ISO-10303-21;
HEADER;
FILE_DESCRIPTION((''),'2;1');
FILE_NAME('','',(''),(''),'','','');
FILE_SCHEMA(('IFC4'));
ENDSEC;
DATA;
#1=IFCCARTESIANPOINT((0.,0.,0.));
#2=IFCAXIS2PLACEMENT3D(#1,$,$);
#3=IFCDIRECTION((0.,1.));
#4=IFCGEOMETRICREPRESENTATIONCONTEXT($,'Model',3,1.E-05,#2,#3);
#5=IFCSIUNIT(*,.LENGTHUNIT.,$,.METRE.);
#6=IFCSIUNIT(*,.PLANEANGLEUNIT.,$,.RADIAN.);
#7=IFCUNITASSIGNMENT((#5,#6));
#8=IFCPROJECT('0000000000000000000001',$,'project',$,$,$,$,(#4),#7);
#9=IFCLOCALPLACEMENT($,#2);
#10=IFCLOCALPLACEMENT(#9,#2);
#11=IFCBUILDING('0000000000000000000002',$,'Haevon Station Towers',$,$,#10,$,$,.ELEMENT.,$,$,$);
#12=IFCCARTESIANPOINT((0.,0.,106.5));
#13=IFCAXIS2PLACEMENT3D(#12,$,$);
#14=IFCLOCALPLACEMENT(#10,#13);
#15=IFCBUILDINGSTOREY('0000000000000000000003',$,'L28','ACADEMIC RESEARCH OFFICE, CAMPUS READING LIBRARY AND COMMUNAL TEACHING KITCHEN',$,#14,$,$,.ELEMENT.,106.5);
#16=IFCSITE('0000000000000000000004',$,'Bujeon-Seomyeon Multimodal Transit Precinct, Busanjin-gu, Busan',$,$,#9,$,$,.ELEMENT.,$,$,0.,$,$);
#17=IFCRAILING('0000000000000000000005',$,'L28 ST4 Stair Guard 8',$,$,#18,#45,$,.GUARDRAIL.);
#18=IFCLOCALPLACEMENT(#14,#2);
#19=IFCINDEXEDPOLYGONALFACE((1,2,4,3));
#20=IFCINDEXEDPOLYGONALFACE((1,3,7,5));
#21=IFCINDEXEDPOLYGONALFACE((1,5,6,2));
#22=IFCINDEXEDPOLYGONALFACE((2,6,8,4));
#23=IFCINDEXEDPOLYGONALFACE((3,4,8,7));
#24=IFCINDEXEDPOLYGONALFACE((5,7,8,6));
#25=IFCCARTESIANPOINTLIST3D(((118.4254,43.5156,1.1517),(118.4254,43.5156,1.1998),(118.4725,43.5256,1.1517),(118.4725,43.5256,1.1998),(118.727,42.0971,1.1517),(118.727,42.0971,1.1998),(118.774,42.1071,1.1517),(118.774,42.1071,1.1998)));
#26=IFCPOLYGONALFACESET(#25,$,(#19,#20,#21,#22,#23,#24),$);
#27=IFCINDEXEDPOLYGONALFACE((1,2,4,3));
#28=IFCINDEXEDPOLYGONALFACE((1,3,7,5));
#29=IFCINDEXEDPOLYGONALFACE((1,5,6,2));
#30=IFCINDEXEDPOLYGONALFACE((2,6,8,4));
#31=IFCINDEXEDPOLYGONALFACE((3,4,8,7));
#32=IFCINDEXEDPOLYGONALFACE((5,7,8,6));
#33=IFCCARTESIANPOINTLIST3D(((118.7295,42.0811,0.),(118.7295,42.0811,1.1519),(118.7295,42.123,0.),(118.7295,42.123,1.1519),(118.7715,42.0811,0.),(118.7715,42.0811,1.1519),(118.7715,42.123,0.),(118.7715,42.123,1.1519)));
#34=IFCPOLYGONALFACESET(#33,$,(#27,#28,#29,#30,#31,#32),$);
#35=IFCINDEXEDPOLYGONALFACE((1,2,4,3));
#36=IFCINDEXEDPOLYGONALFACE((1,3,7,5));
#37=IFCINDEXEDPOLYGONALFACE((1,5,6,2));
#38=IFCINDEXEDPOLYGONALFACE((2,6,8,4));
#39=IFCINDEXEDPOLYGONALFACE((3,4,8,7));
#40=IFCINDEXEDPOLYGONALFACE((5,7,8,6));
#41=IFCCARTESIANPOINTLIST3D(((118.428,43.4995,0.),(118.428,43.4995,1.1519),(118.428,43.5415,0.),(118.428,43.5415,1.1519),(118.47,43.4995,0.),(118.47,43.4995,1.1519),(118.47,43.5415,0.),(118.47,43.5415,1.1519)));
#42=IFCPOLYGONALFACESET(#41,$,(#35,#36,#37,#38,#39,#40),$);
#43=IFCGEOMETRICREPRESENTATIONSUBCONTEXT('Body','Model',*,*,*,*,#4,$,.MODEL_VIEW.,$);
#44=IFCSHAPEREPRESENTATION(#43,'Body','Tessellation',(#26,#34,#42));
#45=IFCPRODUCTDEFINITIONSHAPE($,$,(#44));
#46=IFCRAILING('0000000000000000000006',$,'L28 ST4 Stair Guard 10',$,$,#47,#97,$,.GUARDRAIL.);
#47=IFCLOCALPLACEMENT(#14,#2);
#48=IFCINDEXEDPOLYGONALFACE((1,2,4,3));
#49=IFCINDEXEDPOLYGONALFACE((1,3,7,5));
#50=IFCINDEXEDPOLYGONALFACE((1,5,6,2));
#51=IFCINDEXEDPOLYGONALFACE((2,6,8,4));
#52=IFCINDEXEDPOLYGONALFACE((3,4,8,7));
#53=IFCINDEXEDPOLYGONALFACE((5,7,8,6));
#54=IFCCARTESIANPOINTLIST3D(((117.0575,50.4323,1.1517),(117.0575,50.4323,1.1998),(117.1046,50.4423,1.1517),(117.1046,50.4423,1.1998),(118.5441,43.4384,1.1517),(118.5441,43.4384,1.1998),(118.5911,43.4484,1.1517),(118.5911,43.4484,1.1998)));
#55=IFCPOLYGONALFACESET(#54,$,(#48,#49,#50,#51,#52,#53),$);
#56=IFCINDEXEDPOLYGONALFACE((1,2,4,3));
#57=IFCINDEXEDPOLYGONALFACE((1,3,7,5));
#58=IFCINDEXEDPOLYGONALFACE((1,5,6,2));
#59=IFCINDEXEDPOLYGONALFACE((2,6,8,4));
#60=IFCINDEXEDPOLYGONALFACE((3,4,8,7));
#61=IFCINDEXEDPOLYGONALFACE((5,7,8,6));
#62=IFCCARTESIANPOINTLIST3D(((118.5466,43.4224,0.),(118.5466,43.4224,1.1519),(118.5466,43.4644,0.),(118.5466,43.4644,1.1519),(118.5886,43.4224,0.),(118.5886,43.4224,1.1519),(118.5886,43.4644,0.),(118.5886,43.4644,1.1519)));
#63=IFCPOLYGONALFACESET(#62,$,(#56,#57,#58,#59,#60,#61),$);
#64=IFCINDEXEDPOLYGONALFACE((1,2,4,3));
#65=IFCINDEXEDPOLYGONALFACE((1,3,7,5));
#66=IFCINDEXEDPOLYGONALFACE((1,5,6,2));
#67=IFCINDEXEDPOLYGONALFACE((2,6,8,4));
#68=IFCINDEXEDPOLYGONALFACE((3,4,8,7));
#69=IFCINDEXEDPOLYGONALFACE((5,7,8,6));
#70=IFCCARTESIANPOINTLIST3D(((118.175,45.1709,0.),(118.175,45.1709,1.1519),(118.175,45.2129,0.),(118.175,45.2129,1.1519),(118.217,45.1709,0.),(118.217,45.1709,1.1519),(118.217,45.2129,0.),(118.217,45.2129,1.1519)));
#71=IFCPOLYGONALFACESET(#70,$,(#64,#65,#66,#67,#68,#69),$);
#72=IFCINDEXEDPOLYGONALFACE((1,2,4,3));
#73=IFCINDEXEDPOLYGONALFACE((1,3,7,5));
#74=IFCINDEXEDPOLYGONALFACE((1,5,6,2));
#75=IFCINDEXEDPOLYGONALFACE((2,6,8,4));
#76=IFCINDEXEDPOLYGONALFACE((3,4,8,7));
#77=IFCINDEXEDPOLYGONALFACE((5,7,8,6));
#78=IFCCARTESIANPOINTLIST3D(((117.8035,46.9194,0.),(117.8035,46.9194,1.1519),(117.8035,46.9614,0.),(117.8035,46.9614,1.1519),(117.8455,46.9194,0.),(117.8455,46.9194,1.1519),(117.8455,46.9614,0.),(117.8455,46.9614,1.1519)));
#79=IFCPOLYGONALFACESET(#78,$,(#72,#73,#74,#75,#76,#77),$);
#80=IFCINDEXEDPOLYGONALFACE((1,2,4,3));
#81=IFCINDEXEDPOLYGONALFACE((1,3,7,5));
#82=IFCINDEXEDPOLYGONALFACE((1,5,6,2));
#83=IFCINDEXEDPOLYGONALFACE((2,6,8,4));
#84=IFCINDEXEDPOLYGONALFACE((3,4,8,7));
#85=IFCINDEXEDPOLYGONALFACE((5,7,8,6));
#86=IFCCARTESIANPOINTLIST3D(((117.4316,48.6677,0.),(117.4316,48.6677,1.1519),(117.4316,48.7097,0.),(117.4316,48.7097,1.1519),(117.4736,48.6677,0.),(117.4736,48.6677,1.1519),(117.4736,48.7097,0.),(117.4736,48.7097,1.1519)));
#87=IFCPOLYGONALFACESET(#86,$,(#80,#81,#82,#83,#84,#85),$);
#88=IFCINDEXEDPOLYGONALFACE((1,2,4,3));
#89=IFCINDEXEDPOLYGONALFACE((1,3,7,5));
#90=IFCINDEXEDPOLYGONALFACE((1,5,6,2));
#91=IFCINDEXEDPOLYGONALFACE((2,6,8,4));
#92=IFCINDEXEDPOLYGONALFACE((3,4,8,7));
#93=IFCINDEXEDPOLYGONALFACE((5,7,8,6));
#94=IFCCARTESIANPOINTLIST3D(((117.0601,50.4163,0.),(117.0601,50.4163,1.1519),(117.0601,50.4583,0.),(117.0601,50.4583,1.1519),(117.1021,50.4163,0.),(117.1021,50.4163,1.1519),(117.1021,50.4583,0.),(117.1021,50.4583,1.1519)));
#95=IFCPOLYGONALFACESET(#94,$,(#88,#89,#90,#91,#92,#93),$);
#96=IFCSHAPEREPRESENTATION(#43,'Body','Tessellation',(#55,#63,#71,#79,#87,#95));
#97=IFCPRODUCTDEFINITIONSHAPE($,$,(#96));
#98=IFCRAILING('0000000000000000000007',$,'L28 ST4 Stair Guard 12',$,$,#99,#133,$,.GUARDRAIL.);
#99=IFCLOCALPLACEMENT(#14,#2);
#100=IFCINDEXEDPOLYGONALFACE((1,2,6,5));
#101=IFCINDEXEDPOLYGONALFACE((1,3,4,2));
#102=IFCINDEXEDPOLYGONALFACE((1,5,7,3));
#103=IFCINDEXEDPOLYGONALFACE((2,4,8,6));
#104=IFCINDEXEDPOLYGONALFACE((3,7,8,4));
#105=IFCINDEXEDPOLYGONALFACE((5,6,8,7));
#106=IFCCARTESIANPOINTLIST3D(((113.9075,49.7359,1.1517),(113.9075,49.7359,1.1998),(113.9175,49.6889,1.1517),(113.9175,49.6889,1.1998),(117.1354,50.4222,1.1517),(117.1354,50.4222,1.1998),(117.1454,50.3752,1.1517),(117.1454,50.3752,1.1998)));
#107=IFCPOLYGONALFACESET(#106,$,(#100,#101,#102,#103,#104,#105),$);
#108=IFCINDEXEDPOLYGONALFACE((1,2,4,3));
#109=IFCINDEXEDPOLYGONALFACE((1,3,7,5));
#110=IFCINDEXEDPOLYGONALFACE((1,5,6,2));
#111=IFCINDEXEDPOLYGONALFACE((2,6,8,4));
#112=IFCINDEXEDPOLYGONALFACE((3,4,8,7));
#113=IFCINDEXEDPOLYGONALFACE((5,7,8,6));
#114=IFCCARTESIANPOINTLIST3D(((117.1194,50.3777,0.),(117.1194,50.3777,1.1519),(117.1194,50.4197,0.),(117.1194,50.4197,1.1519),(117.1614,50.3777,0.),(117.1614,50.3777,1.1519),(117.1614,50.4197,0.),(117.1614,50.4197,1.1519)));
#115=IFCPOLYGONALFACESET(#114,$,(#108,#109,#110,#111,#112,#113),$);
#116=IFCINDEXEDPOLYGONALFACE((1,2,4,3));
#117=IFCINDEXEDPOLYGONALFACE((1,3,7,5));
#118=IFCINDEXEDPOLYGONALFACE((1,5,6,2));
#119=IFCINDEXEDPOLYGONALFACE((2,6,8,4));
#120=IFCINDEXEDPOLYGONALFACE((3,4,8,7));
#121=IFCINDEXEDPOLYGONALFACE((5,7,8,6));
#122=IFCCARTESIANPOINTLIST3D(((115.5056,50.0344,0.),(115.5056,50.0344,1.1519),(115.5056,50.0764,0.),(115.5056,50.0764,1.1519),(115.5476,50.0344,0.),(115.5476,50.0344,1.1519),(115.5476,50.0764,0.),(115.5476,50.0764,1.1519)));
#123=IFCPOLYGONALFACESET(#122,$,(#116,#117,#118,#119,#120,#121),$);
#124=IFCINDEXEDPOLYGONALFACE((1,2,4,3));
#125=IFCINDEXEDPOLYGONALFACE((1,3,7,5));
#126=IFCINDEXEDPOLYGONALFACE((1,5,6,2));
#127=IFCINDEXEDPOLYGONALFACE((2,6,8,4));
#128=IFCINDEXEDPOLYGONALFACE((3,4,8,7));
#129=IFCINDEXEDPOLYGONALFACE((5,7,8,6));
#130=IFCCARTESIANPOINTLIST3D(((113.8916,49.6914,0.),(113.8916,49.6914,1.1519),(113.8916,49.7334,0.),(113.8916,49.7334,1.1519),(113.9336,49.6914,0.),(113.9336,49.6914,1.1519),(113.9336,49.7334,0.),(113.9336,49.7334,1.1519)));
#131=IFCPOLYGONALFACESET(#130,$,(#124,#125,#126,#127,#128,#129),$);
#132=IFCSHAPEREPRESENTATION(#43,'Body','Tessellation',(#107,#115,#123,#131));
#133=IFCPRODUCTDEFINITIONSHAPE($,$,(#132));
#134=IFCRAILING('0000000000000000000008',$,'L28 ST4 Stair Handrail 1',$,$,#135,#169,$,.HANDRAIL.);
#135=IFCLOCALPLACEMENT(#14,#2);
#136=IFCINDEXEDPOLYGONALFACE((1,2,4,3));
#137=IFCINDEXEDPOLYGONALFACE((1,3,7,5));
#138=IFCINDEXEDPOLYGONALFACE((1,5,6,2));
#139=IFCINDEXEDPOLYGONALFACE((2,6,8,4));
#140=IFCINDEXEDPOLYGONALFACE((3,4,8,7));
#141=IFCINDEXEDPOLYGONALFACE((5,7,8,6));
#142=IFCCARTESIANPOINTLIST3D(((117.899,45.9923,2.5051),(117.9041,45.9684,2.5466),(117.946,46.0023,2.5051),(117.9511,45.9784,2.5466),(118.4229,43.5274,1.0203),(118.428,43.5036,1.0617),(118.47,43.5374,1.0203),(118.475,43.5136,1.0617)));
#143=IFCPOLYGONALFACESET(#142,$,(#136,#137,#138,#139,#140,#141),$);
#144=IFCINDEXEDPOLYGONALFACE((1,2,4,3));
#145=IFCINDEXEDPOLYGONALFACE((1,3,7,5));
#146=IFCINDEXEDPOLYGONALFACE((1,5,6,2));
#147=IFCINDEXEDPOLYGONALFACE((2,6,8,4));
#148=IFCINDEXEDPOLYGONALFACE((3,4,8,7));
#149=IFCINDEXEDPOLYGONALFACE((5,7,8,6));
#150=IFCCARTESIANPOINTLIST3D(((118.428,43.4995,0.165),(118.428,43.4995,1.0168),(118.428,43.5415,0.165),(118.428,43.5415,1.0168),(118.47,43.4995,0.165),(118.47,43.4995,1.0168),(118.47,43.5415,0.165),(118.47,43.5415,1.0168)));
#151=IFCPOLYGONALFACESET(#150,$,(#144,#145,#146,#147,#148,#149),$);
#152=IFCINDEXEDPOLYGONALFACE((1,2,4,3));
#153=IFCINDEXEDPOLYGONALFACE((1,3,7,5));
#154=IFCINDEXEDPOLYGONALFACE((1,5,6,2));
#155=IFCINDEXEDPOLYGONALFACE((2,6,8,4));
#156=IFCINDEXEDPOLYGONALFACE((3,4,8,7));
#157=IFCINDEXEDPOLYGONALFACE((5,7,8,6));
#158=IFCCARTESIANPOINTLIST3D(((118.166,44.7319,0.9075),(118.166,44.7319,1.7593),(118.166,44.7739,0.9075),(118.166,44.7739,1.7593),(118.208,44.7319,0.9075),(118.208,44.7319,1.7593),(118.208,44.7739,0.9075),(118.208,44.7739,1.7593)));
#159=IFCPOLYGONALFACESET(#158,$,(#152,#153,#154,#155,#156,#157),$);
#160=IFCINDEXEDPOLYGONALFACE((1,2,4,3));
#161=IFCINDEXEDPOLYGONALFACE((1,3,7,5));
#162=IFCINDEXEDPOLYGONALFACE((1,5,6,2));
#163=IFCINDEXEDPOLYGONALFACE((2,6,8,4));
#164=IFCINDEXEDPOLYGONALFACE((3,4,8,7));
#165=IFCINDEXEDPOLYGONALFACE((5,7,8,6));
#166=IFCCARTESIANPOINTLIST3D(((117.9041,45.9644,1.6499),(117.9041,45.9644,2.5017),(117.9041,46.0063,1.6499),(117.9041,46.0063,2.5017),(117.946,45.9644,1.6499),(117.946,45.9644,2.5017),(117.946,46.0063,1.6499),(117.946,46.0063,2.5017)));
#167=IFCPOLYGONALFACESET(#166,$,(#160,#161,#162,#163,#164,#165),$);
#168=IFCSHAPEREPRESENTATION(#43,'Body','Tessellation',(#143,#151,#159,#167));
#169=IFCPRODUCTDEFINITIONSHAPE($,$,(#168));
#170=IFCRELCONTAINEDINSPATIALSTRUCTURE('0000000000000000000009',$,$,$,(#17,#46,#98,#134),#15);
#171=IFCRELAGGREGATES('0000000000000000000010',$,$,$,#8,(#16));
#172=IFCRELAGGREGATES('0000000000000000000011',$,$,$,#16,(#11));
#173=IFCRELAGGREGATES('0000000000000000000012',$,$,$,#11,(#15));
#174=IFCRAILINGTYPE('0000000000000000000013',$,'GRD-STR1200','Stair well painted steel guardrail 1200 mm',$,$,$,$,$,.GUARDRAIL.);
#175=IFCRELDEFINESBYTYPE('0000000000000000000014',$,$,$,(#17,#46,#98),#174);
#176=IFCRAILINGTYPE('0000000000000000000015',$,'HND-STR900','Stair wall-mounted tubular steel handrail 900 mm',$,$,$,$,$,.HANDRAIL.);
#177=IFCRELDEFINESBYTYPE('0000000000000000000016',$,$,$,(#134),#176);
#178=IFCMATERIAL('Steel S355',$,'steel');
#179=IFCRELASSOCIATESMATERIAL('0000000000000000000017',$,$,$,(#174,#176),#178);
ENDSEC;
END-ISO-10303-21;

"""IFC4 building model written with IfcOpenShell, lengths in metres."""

from ifc_helpers import new_model, si_unit, direction, frame, origin, origin_2d, place, context, subcontext, project, spatial, rectangle, extrude, material, type_object, element, save


model = new_model("IFC4")

# Units and contexts
model_context = context("Model", 3, precision=1e-05, world=origin(), true_north=direction((0.0, 1.0)))
body_context = subcontext(model_context, "Body", "Model", "MODEL_VIEW")
ifc_project = project(units=[si_unit("LENGTHUNIT", "METRE"), si_unit("PLANEANGLEUNIT", "RADIAN")], contexts=[model_context])

# Site, building, storey
site_placement = place(None, origin())
site = spatial("IfcSite", under=ifc_project, at=site_placement, Name="Bujeon-Seomyeon Multimodal Transit Precinct, Busanjin-gu, Busan", CompositionType="ELEMENT", RefElevation=0.0)
building_placement = place(site_placement, origin())
building = spatial("IfcBuilding", under=site, at=building_placement, Name="Haevon Station Towers", CompositionType="ELEMENT")
storey_placement = place(building_placement, frame((0.0, 0.0, 106.5)))
storey = spatial("IfcBuildingStorey", under=building, at=storey_placement, Name="L28", Description="ACADEMIC RESEARCH OFFICE, CAMPUS READING LIBRARY AND COMMUNAL TEACHING KITCHEN", CompositionType="ELEMENT", Elevation=106.5)

# Shared definitions
ifc_material_1 = material(Name="Steel S355", Category="steel")

# Railings
railing_type_1 = type_object("IfcRailingType", Name="GRD-STR1200", Description="Stair well painted steel guardrail 1200 mm", PredefinedType="GUARDRAIL", material=ifc_material_1)
railing_1_placement = place(storey_placement, frame((118.7505, 42.1021, 0.0)))
element("IfcRailing", 1, at=railing_1_placement, inside=storey, type_object=railing_type_1, Name="L28 ST4 Stair Guard 8", PredefinedType="GUARDRAIL", context=body_context, shape_type="SweptSolid", body=[
    extrude(rectangle(XDim=0.0481, YDim=0.0481, at=origin_2d()), frame((0.0, 0.0, 1.1758), z_axis=(-0.207919, 0.978146, 0.0), x_axis=(-0.978146, -0.207919, 0.0)), (0.0, 0.0, 1.0), 1.4502),
    extrude(rectangle(XDim=0.042, YDim=0.042, at=origin_2d()), origin(), (0.0, 0.0, 1.0), 1.1519),
    extrude(rectangle(XDim=0.042, YDim=0.042, at=origin_2d()), frame((-0.3015, 1.4185, 0.0)), (0.0, 0.0, 1.0), 1.1519),
])
railing_2_placement = place(storey_placement, frame((118.5676, 43.4434, 0.0)))
element("IfcRailing", 2, at=railing_2_placement, inside=storey, type_object=railing_type_1, Name="L28 ST4 Stair Guard 10", PredefinedType="GUARDRAIL", context=body_context, shape_type="SweptSolid", body=[
    extrude(rectangle(XDim=0.0481, YDim=0.0481, at=origin_2d()), frame((0.0, 0.0, 1.1758), z_axis=(-0.207908, 0.978148, 0.0), x_axis=(-0.978148, -0.207908, 0.0)), (0.0, 0.0, 1.0), 7.1501),
    extrude(rectangle(XDim=0.042, YDim=0.042, at=origin_2d()), origin(), (0.0, 0.0, 1.0), 1.1519),
    extrude(rectangle(XDim=0.042, YDim=0.042, at=origin_2d()), frame((-0.3716, 1.7485, 0.0)), (0.0, 0.0, 1.0), 1.1519),
    extrude(rectangle(XDim=0.042, YDim=0.042, at=origin_2d()), frame((-0.7432, 3.4971, 0.0)), (0.0, 0.0, 1.0), 1.1519),
    extrude(rectangle(XDim=0.042, YDim=0.042, at=origin_2d()), frame((-1.115, 5.2454, 0.0)), (0.0, 0.0, 1.0), 1.1519),
    extrude(rectangle(XDim=0.042, YDim=0.042, at=origin_2d()), frame((-1.4866, 6.9939, 0.0)), (0.0, 0.0, 1.0), 1.1519),
])
railing_3_placement = place(storey_placement, frame((117.1404, 50.3987, 0.0)))
element("IfcRailing", 3, at=railing_3_placement, inside=storey, type_object=railing_type_1, Name="L28 ST4 Stair Guard 12", PredefinedType="GUARDRAIL", context=body_context, shape_type="SweptSolid", body=[
    extrude(rectangle(XDim=0.0481, YDim=0.0481, at=origin_2d()), frame((0.0, 0.0, 1.1758), z_axis=(-0.978136, -0.207968, 0.0), x_axis=(0.207968, -0.978136, 0.0)), (0.0, 0.0, 1.0), 3.3),
    extrude(rectangle(XDim=0.042, YDim=0.042, at=origin_2d()), origin(), (0.0, 0.0, 1.0), 1.1519),
    extrude(rectangle(XDim=0.042, YDim=0.042, at=origin_2d()), frame((-1.6138, -0.3433, 0.0)), (0.0, 0.0, 1.0), 1.1519),
    extrude(rectangle(XDim=0.042, YDim=0.042, at=origin_2d()), frame((-3.2278, -0.6863, 0.0)), (0.0, 0.0, 1.0), 1.1519),
])
railing_type_2 = type_object("IfcRailingType", Name="HND-STR900", Description="Stair wall-mounted tubular steel handrail 900 mm", PredefinedType="HANDRAIL", material=ifc_material_1)
railing_4_placement = place(storey_placement, frame((118.449, 43.5205, 0.165)))
element("IfcRailing", 4, at=railing_4_placement, inside=storey, type_object=railing_type_2, Name="L28 ST4 Stair Handrail 1", PredefinedType="HANDRAIL", context=body_context, shape_type="SweptSolid", body=[
    extrude(rectangle(XDim=0.0481, YDim=0.0481, at=origin_2d()), frame((0.0, 0.0, 0.876), z_axis=(-0.179129, 0.842724, 0.507671), x_axis=(-0.978147, -0.207914, 0.0)), (0.0, 0.0, 1.0), 2.9248),
    extrude(rectangle(XDim=0.042, YDim=0.042, at=origin_2d()), origin(), (0.0, 0.0, 1.0), 0.8518),
    extrude(rectangle(XDim=0.042, YDim=0.042, at=origin_2d()), frame((-0.262, 1.2324, 0.7424)), (0.0, 0.0, 1.0), 0.8518),
    extrude(rectangle(XDim=0.042, YDim=0.042, at=origin_2d()), frame((-0.5239, 2.4648, 1.4849)), (0.0, 0.0, 1.0), 0.8518),
])

save(model, "model.ifc")
